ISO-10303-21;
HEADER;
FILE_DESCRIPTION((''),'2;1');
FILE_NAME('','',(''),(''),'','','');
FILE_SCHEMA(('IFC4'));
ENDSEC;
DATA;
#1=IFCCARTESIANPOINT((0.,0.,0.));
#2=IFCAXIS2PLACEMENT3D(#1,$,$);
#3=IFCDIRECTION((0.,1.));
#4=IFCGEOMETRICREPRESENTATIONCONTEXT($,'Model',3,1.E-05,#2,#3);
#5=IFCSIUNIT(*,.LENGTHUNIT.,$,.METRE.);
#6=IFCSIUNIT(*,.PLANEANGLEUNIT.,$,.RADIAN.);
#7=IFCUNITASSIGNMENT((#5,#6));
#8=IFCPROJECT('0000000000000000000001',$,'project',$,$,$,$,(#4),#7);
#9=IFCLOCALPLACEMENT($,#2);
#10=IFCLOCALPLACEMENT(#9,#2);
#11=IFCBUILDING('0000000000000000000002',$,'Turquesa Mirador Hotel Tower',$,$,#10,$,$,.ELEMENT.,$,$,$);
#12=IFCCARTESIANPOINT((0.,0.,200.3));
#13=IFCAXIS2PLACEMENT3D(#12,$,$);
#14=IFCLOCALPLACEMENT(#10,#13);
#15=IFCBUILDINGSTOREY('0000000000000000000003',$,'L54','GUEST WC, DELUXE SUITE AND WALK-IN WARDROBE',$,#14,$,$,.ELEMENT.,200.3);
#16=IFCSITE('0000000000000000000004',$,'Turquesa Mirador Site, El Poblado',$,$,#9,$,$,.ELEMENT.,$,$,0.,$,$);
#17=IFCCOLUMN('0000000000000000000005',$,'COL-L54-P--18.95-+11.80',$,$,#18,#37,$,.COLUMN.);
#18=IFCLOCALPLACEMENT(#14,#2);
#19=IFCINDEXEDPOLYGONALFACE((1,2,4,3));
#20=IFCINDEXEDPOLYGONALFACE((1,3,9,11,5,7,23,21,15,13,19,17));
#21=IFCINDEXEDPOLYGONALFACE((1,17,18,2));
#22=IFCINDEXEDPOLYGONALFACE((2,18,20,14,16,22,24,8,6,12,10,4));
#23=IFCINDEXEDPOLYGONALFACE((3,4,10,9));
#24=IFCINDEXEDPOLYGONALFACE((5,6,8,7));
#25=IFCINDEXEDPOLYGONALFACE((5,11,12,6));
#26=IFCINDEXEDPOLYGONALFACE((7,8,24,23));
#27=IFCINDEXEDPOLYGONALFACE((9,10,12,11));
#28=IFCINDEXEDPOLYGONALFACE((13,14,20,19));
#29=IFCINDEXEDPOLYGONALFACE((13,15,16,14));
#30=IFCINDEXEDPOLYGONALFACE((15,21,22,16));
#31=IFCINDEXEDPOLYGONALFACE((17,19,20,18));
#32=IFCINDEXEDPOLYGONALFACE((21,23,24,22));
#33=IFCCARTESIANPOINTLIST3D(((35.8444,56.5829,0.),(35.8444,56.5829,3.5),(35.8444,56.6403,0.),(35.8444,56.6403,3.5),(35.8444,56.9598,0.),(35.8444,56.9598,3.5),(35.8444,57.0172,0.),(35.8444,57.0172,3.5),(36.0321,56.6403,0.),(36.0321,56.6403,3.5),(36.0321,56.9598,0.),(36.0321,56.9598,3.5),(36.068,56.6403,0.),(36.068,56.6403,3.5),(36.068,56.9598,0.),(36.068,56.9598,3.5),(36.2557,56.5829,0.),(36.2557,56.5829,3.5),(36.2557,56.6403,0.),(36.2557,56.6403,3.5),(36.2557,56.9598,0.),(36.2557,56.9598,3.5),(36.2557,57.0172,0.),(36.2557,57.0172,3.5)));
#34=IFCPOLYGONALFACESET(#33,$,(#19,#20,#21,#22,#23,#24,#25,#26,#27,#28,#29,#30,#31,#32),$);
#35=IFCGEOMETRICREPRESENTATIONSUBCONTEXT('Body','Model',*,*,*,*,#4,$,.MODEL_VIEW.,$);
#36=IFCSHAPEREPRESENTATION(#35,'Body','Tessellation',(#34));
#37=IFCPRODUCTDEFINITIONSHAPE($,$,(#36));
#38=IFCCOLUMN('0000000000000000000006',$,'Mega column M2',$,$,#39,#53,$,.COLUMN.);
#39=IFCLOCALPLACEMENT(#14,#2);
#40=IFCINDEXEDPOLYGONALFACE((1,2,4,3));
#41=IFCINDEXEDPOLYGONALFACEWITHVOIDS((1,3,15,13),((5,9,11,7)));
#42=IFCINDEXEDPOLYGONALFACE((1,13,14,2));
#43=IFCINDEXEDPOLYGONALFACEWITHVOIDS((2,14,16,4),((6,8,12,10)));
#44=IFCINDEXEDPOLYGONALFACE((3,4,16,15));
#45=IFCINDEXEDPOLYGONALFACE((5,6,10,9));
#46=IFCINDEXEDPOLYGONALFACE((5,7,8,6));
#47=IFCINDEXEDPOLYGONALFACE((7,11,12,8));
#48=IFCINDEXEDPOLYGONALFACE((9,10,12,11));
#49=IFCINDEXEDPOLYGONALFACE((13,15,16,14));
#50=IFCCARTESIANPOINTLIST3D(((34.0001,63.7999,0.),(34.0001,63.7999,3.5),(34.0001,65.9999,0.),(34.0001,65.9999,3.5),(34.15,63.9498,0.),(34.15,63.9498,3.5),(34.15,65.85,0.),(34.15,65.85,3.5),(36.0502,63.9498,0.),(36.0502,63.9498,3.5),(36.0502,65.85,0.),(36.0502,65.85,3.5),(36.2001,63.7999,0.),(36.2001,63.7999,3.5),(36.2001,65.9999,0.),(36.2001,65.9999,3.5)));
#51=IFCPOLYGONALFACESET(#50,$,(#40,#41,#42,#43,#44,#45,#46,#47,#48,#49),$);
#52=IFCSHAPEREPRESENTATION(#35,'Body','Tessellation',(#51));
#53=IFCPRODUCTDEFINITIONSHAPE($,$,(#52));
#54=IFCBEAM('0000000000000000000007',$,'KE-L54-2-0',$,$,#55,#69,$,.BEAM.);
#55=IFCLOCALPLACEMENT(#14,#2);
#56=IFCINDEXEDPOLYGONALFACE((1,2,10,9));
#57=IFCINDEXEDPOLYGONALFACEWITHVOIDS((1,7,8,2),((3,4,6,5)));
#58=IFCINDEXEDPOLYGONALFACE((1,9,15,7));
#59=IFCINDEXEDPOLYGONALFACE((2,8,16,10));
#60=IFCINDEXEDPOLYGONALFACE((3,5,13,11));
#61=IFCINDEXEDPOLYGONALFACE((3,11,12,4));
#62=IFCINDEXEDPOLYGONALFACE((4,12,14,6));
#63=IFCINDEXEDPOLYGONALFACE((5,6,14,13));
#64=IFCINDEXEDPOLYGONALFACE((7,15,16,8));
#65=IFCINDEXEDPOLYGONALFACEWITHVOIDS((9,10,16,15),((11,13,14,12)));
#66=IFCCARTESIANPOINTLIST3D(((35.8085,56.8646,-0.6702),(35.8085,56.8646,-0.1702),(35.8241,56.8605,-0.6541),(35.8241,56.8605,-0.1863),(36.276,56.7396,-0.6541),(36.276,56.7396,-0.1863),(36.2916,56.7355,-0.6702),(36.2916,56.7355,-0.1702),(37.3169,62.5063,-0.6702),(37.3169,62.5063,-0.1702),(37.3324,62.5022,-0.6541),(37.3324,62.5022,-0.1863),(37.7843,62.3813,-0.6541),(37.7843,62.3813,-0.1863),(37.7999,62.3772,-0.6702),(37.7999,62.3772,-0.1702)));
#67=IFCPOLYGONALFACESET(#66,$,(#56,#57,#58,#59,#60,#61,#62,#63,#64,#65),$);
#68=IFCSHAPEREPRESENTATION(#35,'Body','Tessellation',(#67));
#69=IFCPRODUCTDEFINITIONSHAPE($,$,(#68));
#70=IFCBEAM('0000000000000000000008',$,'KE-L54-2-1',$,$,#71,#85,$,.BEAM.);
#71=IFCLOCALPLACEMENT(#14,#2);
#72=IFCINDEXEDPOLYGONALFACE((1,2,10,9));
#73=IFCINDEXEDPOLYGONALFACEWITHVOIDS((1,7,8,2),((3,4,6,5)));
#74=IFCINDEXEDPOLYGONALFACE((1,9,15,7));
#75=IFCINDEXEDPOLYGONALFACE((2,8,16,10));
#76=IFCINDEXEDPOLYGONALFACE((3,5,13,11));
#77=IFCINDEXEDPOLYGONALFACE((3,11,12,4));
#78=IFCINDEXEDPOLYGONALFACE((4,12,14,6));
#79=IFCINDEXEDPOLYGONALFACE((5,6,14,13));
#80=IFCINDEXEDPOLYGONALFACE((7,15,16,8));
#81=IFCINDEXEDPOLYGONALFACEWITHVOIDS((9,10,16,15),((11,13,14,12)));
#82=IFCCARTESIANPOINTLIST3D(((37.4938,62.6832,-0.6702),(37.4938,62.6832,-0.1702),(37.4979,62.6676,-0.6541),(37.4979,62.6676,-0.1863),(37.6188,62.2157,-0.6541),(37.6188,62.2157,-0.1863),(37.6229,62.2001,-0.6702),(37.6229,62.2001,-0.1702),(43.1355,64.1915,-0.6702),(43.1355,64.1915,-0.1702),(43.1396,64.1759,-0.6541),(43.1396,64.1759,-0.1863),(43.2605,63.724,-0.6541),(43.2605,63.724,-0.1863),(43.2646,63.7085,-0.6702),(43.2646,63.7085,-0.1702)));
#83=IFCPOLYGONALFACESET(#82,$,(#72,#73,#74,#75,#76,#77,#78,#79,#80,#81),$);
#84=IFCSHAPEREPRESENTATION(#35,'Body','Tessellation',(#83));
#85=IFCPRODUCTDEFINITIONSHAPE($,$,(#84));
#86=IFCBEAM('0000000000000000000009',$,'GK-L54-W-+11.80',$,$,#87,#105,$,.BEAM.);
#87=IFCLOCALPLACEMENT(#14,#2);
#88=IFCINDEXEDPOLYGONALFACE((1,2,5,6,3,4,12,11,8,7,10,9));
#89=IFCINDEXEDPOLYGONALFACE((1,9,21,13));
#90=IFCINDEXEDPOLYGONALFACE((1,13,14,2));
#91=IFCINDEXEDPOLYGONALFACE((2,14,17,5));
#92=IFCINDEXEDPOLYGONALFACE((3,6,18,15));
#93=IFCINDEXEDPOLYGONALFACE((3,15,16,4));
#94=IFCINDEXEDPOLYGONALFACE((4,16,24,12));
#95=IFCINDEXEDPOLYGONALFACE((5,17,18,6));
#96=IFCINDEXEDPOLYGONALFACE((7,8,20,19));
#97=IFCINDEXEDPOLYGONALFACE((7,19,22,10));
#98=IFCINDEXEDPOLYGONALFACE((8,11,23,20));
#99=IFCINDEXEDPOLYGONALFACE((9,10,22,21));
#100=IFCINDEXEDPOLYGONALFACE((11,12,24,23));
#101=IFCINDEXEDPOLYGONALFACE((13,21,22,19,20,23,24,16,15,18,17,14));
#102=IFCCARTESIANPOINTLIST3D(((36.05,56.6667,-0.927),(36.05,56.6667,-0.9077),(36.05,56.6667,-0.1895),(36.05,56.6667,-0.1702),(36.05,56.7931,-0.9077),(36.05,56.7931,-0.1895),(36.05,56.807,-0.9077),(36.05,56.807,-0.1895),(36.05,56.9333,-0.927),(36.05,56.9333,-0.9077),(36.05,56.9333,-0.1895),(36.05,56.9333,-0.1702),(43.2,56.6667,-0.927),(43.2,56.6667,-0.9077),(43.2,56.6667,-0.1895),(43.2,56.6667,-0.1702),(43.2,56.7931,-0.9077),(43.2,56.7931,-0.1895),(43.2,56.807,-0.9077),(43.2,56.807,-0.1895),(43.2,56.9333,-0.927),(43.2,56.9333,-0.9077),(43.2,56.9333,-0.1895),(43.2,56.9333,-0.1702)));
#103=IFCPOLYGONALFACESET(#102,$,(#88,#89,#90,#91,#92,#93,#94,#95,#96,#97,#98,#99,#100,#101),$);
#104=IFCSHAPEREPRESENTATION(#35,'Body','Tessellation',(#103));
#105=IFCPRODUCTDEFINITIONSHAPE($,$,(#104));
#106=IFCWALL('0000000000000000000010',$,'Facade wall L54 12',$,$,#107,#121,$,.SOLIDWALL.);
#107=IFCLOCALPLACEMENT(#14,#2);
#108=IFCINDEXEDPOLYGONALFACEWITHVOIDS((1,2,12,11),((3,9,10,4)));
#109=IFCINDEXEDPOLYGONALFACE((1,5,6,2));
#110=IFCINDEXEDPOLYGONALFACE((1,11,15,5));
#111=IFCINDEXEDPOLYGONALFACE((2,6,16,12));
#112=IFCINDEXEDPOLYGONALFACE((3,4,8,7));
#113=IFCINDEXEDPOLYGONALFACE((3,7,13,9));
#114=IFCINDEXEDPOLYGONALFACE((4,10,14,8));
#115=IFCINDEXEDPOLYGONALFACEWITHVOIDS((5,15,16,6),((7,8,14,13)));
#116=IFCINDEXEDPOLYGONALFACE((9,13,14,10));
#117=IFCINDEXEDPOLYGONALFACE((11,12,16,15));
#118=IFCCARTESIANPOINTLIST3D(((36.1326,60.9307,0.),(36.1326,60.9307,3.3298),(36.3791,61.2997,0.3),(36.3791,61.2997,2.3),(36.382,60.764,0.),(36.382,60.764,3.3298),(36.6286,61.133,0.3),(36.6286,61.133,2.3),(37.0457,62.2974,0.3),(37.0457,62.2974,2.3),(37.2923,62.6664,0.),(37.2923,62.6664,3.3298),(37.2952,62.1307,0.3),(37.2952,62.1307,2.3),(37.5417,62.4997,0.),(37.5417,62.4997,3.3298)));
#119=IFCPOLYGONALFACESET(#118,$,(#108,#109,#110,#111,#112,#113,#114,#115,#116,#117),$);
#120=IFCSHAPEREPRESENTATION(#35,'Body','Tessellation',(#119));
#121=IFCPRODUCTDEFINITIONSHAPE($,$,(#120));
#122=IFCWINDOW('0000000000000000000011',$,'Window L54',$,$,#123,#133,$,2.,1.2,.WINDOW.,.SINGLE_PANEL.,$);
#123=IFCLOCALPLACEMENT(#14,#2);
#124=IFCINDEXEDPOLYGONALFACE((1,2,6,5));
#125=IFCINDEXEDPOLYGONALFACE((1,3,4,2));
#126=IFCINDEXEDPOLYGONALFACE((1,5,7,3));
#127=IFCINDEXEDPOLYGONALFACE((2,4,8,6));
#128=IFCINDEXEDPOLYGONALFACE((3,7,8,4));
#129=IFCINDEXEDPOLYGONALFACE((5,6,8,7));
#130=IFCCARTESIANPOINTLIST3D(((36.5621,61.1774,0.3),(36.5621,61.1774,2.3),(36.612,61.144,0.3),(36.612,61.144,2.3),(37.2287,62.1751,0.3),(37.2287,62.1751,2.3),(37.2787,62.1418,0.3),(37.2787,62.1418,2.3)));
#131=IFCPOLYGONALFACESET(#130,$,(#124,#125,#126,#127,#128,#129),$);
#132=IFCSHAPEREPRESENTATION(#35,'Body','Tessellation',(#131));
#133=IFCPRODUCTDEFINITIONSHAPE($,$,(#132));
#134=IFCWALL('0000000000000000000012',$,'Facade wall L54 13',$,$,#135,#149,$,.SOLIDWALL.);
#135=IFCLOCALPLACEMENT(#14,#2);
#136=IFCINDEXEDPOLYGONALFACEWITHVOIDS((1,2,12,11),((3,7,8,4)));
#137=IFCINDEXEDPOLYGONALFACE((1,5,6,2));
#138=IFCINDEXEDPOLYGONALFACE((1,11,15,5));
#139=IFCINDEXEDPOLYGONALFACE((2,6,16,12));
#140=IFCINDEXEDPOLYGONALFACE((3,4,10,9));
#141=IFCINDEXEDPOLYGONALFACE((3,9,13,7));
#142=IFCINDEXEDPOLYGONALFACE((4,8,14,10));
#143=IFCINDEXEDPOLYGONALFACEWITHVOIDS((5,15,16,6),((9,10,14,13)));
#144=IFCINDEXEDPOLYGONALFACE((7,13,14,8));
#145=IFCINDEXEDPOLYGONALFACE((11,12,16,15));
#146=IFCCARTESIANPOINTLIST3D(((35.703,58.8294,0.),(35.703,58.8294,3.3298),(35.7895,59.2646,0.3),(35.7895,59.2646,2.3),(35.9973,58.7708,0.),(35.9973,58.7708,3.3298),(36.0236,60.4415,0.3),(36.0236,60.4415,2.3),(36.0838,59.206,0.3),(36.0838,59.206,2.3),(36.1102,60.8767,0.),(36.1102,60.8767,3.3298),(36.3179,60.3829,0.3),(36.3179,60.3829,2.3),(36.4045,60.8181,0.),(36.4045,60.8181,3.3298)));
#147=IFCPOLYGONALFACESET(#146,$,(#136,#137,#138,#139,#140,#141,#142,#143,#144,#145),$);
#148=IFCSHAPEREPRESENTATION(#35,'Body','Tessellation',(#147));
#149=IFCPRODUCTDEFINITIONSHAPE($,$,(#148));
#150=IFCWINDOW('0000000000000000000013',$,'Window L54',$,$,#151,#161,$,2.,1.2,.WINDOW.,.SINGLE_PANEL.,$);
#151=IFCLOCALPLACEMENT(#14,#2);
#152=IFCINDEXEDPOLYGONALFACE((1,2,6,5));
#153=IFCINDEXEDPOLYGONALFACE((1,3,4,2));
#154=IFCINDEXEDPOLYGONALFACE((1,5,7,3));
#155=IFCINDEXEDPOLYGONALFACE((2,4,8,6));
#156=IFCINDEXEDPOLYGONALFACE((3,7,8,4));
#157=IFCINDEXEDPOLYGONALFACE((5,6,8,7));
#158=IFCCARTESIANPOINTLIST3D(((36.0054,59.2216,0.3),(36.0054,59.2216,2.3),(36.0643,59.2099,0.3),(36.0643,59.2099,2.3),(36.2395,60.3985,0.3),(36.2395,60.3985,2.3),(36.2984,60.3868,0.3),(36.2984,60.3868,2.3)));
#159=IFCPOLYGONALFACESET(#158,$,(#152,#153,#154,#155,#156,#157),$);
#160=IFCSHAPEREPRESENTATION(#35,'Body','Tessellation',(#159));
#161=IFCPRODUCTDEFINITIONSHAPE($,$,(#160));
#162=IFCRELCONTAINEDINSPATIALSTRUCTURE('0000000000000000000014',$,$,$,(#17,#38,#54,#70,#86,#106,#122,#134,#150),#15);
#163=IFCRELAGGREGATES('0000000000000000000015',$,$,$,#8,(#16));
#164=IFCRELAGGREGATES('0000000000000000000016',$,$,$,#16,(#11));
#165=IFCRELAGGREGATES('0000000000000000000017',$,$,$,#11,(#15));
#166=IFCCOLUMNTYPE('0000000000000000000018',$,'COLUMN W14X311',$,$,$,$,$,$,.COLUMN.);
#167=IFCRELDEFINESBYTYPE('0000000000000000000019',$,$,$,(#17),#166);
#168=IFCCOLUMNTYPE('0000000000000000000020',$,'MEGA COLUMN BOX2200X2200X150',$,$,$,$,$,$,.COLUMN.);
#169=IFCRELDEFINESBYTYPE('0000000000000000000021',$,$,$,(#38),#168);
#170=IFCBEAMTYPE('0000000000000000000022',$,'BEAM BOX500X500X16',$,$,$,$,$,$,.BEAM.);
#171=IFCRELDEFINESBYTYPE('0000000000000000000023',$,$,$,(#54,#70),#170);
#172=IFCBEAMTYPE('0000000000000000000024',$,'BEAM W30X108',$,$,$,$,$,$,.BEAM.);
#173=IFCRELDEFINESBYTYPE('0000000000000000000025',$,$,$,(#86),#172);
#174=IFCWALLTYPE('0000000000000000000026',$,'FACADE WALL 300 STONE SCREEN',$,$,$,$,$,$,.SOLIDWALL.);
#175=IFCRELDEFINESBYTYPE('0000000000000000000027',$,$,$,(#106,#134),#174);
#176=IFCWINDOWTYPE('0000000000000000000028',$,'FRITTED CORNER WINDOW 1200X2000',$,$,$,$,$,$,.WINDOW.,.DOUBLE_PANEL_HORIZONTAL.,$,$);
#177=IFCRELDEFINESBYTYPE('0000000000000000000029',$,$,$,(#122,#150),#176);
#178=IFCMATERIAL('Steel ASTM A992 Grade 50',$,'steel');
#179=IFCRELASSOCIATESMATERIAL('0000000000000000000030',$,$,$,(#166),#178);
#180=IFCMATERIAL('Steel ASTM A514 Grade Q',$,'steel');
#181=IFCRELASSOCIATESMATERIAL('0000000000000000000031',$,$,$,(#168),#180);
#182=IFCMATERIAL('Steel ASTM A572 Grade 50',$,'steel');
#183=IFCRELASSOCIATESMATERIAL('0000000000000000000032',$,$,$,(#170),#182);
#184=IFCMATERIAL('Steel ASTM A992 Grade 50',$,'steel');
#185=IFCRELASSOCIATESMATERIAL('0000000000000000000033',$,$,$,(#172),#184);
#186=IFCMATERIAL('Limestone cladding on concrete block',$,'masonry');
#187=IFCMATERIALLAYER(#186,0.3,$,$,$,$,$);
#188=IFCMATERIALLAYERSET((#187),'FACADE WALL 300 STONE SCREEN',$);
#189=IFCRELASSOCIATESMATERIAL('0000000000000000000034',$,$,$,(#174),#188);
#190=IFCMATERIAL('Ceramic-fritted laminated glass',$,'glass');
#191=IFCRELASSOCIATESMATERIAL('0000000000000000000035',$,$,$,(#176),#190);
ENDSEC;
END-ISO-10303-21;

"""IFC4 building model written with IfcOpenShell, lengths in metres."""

from ifc_helpers import new_model, si_unit, direction, frame, frame_2d, origin, origin_2d, place, context, subcontext, project, spatial, rectangle, hollow_rectangle, i_section, extrude, material, layer, layer_set, material_profile, profile_set, type_object, element, fill, save


model = new_model("IFC4")

# Units and contexts
model_context = context("Model", 3, precision=1e-05, world=origin(), true_north=direction((0.0, 1.0)))
body_context = subcontext(model_context, "Body", "Model", "MODEL_VIEW")
ifc_project = project(units=[si_unit("LENGTHUNIT", "METRE"), si_unit("PLANEANGLEUNIT", "RADIAN")], contexts=[model_context])

# Site, building, storey
site_placement = place(None, origin())
site = spatial("IfcSite", under=ifc_project, at=site_placement, Name="Turquesa Mirador Site, El Poblado", CompositionType="ELEMENT", RefElevation=0.0)
building_placement = place(site_placement, origin())
building = spatial("IfcBuilding", under=site, at=building_placement, Name="Turquesa Mirador Hotel Tower", CompositionType="ELEMENT")
storey_placement = place(building_placement, frame((0.0, 0.0, 200.3)))
storey = spatial("IfcBuildingStorey", under=building, at=storey_placement, Name="L54", Description="GUEST WC, DELUXE SUITE AND WALK-IN WARDROBE", CompositionType="ELEMENT", Elevation=200.3)

# Columns
ifc_material_1 = material(Name="Steel ASTM A992 Grade 50", Category="steel")
ifc_material_profile_1 = material_profile(ifc_material_1, i_section(OverallWidth=0.4114, OverallDepth=0.4343, WebThickness=0.0359, FlangeThickness=0.0574, at=origin_2d()), Name="W14X311")
ifc_profile_set_1 = profile_set([ifc_material_profile_1], Name="Steel ASTM A992 Grade 50")
column_type_1 = type_object("IfcColumnType", Name="COLUMN W14X311", PredefinedType="COLUMN", material=ifc_profile_set_1)
column_1_placement = place(storey_placement, frame((36.05, 56.8, 0.0), z_axis=(0.0, 0.0, 1.0), x_axis=(1.0, 0.0, 0.0)))
element("IfcColumn", 1, at=column_1_placement, inside=storey, type_object=column_type_1, Name="COL-L54-P--18.95-+11.80", PredefinedType="COLUMN", context=body_context, shape_type="SweptSolid", body=[
    extrude(i_section(OverallWidth=0.4114, OverallDepth=0.4343, WebThickness=0.0359, FlangeThickness=0.0574, at=origin_2d()), origin(), (0.0, 0.0, 1.0), 3.5),
])
ifc_material_2 = material(Name="Steel ASTM A514 Grade Q", Category="steel")
ifc_material_profile_2 = material_profile(ifc_material_2, hollow_rectangle(XDim=2.2, YDim=2.2, WallThickness=0.1499, at=origin_2d()), Name="BOX2200X2200X150")
ifc_profile_set_2 = profile_set([ifc_material_profile_2], Name="Steel ASTM A514 Grade Q")
column_type_2 = type_object("IfcColumnType", Name="MEGA COLUMN BOX2200X2200X150", PredefinedType="COLUMN", material=ifc_profile_set_2)
column_2_placement = place(storey_placement, frame((35.1001, 64.8999, 0.0), z_axis=(0.0, 0.0, 1.0), x_axis=(1.0, 0.0, 0.0)))
element("IfcColumn", 2, at=column_2_placement, inside=storey, type_object=column_type_2, Name="Mega column M2", PredefinedType="COLUMN", context=body_context, shape_type="SweptSolid", body=[
    extrude(hollow_rectangle(XDim=2.2, YDim=2.2, WallThickness=0.1499, at=origin_2d()), origin(), (0.0, 0.0, 1.0), 3.5),
])

# Beams
ifc_material_3 = material(Name="Steel ASTM A572 Grade 50", Category="steel")
ifc_material_profile_3 = material_profile(ifc_material_3, hollow_rectangle(XDim=0.5, YDim=0.5, WallThickness=0.0161, at=origin_2d()), Name="BOX500X500X16")
ifc_profile_set_3 = profile_set([ifc_material_profile_3], Name="Steel ASTM A572 Grade 50")
beam_type_1 = type_object("IfcBeamType", Name="BEAM BOX500X500X16", PredefinedType="BEAM", material=ifc_profile_set_3)
for number, where, z_axis, x_axis, name in (
    (3, (36.05, 56.8, -0.4202), (0.258282, 0.96607, 0.0), (-0.96607, 0.258282, 0.0), "KE-L54-2-0"),
    (4, (37.5583, 62.4417, -0.4202), (0.96607, 0.258282, 0.0), (-0.258282, 0.96607, 0.0), "KE-L54-2-1"),
):
    element("IfcBeam", number, at=place(storey_placement, frame(where, z_axis=z_axis, x_axis=x_axis)), inside=storey, type_object=beam_type_1, Name=name, PredefinedType="BEAM", context=body_context, shape_type="SweptSolid", body=[
        extrude(hollow_rectangle(XDim=0.5, YDim=0.5, WallThickness=0.0161, at=origin_2d()), origin(), (0.0, 0.0, 1.0), 5.8398),
    ])
ifc_material_4 = material(Name="Steel ASTM A992 Grade 50", Category="steel")
ifc_material_profile_4 = material_profile(ifc_material_4, i_section(OverallWidth=0.2666, OverallDepth=0.7568, WebThickness=0.0139, FlangeThickness=0.0193, at=origin_2d()), Name="W30X108")
ifc_profile_set_4 = profile_set([ifc_material_profile_4], Name="Steel ASTM A992 Grade 50")
beam_type_2 = type_object("IfcBeamType", Name="BEAM W30X108", PredefinedType="BEAM", material=ifc_profile_set_4)
beam_placement = place(storey_placement, frame((36.05, 56.8, -0.5486), z_axis=(1.0, 0.0, 0.0), x_axis=(0.0, 1.0, 0.0)))
element("IfcBeam", 5, at=beam_placement, inside=storey, type_object=beam_type_2, Name="GK-L54-W-+11.80", PredefinedType="BEAM", context=body_context, shape_type="SweptSolid", body=[
    extrude(i_section(OverallWidth=0.2666, OverallDepth=0.7568, WebThickness=0.0139, FlangeThickness=0.0193, at=origin_2d()), origin(), (0.0, 0.0, 1.0), 7.1499),
])

# Walls, openings, windows
ifc_material_5 = material(Name="Limestone cladding on concrete block", Category="masonry")
ifc_layer = layer(ifc_material_5, 0.3)
ifc_layer_set = layer_set([ifc_layer], Name="FACADE WALL 300 STONE SCREEN")
wall_type = type_object("IfcWallType", Name="FACADE WALL 300 STONE SCREEN", PredefinedType="SOLIDWALL", material=ifc_layer_set)
wall_1_placement = place(storey_placement, frame((37.417, 62.583, 0.0), z_axis=(0.0, 0.0, 1.0), x_axis=(-0.555564, -0.831474, 0.0)))
wall_1 = element("IfcWall", 6, at=wall_1_placement, inside=storey, type_object=wall_type, Name="Facade wall L54 12", PredefinedType="SOLIDWALL", context=body_context, shape_type="SweptSolid", body=[
    extrude(rectangle(XDim=2.0874, YDim=0.3, at=frame_2d((1.0437, 0.0))), origin(), (0.0, 0.0, 1.0), 3.3298),
])
opening_1_placement = place(wall_1_placement, frame((0.4436, 0.0, 0.3)))
opening_1 = element("IfcOpeningElement", 7, at=opening_1_placement, cuts=wall_1, PredefinedType="OPENING", context=body_context, shape_type="SweptSolid", body=[
    extrude(rectangle(XDim=1.2, YDim=2.0, at=frame_2d((0.6001, 1.0))), frame((0.0, 0.1599, 0.0), z_axis=(0.0, -1.0, 0.0), x_axis=(1.0, 0.0, 0.0)), (0.0, 0.0, 1.0), 0.3201),
])
ifc_material_6 = material(Name="Ceramic-fritted laminated glass", Category="glass")
window_type_1 = type_object("IfcWindowType", Name="FRITTED CORNER WINDOW 1200X2000", PartitioningType="DOUBLE_PANEL_HORIZONTAL", PredefinedType="WINDOW", material=ifc_material_6)
window_1_placement = place(opening_1_placement, origin())
window_1 = element("IfcWindow", 8, at=window_1_placement, inside=storey, type_object=window_type_1, Name="Window L54", OverallHeight=2.0, OverallWidth=1.2, PartitioningType="SINGLE_PANEL", PredefinedType="WINDOW", context=body_context, shape_type="SweptSolid", body=[
    extrude(rectangle(XDim=1.2, YDim=2.0, at=frame_2d((0.6001, 1.0))), frame((0.0, 0.1301, 0.0), z_axis=(0.0, -1.0, 0.0), x_axis=(1.0, 0.0, 0.0)), (0.0, 0.0, 1.0), 0.0601),
])
fill(opening_1, window_1)
wall_2_placement = place(storey_placement, frame((36.2573, 60.8474, 0.0), z_axis=(0.0, 0.0, 1.0), x_axis=(-0.195081, -0.980787, 0.0)))
wall_2 = element("IfcWall", 9, at=wall_2_placement, inside=storey, type_object=wall_type, Name="Facade wall L54 13", PredefinedType="SOLIDWALL", context=body_context, shape_type="SweptSolid", body=[
    extrude(rectangle(XDim=2.0874, YDim=0.3, at=frame_2d((1.0437, 0.0))), origin(), (0.0, 0.0, 1.0), 3.3298),
])
opening_2_placement = place(wall_2_placement, frame((0.4436, 0.0, 0.3)))
opening_2 = element("IfcOpeningElement", 10, at=opening_2_placement, cuts=wall_2, PredefinedType="OPENING", context=body_context, shape_type="SweptSolid", body=[
    extrude(rectangle(XDim=1.2, YDim=2.0, at=frame_2d((0.6001, 1.0))), frame((0.0, 0.1599, 0.0), z_axis=(0.0, -1.0, 0.0), x_axis=(1.0, 0.0, 0.0)), (0.0, 0.0, 1.0), 0.3201),
])
window_2_placement = place(opening_2_placement, origin())
window_2 = element("IfcWindow", 11, at=window_2_placement, inside=storey, type_object=window_type_1, Name="Window L54", OverallHeight=2.0, OverallWidth=1.2, PartitioningType="SINGLE_PANEL", PredefinedType="WINDOW", context=body_context, shape_type="SweptSolid", body=[
    extrude(rectangle(XDim=1.2, YDim=2.0, at=frame_2d((0.6001, 1.0))), frame((0.0, 0.1301, 0.0), z_axis=(0.0, -1.0, 0.0), x_axis=(1.0, 0.0, 0.0)), (0.0, 0.0, 1.0), 0.0601),
])
fill(opening_2, window_2)

save(model, "model.ifc")
